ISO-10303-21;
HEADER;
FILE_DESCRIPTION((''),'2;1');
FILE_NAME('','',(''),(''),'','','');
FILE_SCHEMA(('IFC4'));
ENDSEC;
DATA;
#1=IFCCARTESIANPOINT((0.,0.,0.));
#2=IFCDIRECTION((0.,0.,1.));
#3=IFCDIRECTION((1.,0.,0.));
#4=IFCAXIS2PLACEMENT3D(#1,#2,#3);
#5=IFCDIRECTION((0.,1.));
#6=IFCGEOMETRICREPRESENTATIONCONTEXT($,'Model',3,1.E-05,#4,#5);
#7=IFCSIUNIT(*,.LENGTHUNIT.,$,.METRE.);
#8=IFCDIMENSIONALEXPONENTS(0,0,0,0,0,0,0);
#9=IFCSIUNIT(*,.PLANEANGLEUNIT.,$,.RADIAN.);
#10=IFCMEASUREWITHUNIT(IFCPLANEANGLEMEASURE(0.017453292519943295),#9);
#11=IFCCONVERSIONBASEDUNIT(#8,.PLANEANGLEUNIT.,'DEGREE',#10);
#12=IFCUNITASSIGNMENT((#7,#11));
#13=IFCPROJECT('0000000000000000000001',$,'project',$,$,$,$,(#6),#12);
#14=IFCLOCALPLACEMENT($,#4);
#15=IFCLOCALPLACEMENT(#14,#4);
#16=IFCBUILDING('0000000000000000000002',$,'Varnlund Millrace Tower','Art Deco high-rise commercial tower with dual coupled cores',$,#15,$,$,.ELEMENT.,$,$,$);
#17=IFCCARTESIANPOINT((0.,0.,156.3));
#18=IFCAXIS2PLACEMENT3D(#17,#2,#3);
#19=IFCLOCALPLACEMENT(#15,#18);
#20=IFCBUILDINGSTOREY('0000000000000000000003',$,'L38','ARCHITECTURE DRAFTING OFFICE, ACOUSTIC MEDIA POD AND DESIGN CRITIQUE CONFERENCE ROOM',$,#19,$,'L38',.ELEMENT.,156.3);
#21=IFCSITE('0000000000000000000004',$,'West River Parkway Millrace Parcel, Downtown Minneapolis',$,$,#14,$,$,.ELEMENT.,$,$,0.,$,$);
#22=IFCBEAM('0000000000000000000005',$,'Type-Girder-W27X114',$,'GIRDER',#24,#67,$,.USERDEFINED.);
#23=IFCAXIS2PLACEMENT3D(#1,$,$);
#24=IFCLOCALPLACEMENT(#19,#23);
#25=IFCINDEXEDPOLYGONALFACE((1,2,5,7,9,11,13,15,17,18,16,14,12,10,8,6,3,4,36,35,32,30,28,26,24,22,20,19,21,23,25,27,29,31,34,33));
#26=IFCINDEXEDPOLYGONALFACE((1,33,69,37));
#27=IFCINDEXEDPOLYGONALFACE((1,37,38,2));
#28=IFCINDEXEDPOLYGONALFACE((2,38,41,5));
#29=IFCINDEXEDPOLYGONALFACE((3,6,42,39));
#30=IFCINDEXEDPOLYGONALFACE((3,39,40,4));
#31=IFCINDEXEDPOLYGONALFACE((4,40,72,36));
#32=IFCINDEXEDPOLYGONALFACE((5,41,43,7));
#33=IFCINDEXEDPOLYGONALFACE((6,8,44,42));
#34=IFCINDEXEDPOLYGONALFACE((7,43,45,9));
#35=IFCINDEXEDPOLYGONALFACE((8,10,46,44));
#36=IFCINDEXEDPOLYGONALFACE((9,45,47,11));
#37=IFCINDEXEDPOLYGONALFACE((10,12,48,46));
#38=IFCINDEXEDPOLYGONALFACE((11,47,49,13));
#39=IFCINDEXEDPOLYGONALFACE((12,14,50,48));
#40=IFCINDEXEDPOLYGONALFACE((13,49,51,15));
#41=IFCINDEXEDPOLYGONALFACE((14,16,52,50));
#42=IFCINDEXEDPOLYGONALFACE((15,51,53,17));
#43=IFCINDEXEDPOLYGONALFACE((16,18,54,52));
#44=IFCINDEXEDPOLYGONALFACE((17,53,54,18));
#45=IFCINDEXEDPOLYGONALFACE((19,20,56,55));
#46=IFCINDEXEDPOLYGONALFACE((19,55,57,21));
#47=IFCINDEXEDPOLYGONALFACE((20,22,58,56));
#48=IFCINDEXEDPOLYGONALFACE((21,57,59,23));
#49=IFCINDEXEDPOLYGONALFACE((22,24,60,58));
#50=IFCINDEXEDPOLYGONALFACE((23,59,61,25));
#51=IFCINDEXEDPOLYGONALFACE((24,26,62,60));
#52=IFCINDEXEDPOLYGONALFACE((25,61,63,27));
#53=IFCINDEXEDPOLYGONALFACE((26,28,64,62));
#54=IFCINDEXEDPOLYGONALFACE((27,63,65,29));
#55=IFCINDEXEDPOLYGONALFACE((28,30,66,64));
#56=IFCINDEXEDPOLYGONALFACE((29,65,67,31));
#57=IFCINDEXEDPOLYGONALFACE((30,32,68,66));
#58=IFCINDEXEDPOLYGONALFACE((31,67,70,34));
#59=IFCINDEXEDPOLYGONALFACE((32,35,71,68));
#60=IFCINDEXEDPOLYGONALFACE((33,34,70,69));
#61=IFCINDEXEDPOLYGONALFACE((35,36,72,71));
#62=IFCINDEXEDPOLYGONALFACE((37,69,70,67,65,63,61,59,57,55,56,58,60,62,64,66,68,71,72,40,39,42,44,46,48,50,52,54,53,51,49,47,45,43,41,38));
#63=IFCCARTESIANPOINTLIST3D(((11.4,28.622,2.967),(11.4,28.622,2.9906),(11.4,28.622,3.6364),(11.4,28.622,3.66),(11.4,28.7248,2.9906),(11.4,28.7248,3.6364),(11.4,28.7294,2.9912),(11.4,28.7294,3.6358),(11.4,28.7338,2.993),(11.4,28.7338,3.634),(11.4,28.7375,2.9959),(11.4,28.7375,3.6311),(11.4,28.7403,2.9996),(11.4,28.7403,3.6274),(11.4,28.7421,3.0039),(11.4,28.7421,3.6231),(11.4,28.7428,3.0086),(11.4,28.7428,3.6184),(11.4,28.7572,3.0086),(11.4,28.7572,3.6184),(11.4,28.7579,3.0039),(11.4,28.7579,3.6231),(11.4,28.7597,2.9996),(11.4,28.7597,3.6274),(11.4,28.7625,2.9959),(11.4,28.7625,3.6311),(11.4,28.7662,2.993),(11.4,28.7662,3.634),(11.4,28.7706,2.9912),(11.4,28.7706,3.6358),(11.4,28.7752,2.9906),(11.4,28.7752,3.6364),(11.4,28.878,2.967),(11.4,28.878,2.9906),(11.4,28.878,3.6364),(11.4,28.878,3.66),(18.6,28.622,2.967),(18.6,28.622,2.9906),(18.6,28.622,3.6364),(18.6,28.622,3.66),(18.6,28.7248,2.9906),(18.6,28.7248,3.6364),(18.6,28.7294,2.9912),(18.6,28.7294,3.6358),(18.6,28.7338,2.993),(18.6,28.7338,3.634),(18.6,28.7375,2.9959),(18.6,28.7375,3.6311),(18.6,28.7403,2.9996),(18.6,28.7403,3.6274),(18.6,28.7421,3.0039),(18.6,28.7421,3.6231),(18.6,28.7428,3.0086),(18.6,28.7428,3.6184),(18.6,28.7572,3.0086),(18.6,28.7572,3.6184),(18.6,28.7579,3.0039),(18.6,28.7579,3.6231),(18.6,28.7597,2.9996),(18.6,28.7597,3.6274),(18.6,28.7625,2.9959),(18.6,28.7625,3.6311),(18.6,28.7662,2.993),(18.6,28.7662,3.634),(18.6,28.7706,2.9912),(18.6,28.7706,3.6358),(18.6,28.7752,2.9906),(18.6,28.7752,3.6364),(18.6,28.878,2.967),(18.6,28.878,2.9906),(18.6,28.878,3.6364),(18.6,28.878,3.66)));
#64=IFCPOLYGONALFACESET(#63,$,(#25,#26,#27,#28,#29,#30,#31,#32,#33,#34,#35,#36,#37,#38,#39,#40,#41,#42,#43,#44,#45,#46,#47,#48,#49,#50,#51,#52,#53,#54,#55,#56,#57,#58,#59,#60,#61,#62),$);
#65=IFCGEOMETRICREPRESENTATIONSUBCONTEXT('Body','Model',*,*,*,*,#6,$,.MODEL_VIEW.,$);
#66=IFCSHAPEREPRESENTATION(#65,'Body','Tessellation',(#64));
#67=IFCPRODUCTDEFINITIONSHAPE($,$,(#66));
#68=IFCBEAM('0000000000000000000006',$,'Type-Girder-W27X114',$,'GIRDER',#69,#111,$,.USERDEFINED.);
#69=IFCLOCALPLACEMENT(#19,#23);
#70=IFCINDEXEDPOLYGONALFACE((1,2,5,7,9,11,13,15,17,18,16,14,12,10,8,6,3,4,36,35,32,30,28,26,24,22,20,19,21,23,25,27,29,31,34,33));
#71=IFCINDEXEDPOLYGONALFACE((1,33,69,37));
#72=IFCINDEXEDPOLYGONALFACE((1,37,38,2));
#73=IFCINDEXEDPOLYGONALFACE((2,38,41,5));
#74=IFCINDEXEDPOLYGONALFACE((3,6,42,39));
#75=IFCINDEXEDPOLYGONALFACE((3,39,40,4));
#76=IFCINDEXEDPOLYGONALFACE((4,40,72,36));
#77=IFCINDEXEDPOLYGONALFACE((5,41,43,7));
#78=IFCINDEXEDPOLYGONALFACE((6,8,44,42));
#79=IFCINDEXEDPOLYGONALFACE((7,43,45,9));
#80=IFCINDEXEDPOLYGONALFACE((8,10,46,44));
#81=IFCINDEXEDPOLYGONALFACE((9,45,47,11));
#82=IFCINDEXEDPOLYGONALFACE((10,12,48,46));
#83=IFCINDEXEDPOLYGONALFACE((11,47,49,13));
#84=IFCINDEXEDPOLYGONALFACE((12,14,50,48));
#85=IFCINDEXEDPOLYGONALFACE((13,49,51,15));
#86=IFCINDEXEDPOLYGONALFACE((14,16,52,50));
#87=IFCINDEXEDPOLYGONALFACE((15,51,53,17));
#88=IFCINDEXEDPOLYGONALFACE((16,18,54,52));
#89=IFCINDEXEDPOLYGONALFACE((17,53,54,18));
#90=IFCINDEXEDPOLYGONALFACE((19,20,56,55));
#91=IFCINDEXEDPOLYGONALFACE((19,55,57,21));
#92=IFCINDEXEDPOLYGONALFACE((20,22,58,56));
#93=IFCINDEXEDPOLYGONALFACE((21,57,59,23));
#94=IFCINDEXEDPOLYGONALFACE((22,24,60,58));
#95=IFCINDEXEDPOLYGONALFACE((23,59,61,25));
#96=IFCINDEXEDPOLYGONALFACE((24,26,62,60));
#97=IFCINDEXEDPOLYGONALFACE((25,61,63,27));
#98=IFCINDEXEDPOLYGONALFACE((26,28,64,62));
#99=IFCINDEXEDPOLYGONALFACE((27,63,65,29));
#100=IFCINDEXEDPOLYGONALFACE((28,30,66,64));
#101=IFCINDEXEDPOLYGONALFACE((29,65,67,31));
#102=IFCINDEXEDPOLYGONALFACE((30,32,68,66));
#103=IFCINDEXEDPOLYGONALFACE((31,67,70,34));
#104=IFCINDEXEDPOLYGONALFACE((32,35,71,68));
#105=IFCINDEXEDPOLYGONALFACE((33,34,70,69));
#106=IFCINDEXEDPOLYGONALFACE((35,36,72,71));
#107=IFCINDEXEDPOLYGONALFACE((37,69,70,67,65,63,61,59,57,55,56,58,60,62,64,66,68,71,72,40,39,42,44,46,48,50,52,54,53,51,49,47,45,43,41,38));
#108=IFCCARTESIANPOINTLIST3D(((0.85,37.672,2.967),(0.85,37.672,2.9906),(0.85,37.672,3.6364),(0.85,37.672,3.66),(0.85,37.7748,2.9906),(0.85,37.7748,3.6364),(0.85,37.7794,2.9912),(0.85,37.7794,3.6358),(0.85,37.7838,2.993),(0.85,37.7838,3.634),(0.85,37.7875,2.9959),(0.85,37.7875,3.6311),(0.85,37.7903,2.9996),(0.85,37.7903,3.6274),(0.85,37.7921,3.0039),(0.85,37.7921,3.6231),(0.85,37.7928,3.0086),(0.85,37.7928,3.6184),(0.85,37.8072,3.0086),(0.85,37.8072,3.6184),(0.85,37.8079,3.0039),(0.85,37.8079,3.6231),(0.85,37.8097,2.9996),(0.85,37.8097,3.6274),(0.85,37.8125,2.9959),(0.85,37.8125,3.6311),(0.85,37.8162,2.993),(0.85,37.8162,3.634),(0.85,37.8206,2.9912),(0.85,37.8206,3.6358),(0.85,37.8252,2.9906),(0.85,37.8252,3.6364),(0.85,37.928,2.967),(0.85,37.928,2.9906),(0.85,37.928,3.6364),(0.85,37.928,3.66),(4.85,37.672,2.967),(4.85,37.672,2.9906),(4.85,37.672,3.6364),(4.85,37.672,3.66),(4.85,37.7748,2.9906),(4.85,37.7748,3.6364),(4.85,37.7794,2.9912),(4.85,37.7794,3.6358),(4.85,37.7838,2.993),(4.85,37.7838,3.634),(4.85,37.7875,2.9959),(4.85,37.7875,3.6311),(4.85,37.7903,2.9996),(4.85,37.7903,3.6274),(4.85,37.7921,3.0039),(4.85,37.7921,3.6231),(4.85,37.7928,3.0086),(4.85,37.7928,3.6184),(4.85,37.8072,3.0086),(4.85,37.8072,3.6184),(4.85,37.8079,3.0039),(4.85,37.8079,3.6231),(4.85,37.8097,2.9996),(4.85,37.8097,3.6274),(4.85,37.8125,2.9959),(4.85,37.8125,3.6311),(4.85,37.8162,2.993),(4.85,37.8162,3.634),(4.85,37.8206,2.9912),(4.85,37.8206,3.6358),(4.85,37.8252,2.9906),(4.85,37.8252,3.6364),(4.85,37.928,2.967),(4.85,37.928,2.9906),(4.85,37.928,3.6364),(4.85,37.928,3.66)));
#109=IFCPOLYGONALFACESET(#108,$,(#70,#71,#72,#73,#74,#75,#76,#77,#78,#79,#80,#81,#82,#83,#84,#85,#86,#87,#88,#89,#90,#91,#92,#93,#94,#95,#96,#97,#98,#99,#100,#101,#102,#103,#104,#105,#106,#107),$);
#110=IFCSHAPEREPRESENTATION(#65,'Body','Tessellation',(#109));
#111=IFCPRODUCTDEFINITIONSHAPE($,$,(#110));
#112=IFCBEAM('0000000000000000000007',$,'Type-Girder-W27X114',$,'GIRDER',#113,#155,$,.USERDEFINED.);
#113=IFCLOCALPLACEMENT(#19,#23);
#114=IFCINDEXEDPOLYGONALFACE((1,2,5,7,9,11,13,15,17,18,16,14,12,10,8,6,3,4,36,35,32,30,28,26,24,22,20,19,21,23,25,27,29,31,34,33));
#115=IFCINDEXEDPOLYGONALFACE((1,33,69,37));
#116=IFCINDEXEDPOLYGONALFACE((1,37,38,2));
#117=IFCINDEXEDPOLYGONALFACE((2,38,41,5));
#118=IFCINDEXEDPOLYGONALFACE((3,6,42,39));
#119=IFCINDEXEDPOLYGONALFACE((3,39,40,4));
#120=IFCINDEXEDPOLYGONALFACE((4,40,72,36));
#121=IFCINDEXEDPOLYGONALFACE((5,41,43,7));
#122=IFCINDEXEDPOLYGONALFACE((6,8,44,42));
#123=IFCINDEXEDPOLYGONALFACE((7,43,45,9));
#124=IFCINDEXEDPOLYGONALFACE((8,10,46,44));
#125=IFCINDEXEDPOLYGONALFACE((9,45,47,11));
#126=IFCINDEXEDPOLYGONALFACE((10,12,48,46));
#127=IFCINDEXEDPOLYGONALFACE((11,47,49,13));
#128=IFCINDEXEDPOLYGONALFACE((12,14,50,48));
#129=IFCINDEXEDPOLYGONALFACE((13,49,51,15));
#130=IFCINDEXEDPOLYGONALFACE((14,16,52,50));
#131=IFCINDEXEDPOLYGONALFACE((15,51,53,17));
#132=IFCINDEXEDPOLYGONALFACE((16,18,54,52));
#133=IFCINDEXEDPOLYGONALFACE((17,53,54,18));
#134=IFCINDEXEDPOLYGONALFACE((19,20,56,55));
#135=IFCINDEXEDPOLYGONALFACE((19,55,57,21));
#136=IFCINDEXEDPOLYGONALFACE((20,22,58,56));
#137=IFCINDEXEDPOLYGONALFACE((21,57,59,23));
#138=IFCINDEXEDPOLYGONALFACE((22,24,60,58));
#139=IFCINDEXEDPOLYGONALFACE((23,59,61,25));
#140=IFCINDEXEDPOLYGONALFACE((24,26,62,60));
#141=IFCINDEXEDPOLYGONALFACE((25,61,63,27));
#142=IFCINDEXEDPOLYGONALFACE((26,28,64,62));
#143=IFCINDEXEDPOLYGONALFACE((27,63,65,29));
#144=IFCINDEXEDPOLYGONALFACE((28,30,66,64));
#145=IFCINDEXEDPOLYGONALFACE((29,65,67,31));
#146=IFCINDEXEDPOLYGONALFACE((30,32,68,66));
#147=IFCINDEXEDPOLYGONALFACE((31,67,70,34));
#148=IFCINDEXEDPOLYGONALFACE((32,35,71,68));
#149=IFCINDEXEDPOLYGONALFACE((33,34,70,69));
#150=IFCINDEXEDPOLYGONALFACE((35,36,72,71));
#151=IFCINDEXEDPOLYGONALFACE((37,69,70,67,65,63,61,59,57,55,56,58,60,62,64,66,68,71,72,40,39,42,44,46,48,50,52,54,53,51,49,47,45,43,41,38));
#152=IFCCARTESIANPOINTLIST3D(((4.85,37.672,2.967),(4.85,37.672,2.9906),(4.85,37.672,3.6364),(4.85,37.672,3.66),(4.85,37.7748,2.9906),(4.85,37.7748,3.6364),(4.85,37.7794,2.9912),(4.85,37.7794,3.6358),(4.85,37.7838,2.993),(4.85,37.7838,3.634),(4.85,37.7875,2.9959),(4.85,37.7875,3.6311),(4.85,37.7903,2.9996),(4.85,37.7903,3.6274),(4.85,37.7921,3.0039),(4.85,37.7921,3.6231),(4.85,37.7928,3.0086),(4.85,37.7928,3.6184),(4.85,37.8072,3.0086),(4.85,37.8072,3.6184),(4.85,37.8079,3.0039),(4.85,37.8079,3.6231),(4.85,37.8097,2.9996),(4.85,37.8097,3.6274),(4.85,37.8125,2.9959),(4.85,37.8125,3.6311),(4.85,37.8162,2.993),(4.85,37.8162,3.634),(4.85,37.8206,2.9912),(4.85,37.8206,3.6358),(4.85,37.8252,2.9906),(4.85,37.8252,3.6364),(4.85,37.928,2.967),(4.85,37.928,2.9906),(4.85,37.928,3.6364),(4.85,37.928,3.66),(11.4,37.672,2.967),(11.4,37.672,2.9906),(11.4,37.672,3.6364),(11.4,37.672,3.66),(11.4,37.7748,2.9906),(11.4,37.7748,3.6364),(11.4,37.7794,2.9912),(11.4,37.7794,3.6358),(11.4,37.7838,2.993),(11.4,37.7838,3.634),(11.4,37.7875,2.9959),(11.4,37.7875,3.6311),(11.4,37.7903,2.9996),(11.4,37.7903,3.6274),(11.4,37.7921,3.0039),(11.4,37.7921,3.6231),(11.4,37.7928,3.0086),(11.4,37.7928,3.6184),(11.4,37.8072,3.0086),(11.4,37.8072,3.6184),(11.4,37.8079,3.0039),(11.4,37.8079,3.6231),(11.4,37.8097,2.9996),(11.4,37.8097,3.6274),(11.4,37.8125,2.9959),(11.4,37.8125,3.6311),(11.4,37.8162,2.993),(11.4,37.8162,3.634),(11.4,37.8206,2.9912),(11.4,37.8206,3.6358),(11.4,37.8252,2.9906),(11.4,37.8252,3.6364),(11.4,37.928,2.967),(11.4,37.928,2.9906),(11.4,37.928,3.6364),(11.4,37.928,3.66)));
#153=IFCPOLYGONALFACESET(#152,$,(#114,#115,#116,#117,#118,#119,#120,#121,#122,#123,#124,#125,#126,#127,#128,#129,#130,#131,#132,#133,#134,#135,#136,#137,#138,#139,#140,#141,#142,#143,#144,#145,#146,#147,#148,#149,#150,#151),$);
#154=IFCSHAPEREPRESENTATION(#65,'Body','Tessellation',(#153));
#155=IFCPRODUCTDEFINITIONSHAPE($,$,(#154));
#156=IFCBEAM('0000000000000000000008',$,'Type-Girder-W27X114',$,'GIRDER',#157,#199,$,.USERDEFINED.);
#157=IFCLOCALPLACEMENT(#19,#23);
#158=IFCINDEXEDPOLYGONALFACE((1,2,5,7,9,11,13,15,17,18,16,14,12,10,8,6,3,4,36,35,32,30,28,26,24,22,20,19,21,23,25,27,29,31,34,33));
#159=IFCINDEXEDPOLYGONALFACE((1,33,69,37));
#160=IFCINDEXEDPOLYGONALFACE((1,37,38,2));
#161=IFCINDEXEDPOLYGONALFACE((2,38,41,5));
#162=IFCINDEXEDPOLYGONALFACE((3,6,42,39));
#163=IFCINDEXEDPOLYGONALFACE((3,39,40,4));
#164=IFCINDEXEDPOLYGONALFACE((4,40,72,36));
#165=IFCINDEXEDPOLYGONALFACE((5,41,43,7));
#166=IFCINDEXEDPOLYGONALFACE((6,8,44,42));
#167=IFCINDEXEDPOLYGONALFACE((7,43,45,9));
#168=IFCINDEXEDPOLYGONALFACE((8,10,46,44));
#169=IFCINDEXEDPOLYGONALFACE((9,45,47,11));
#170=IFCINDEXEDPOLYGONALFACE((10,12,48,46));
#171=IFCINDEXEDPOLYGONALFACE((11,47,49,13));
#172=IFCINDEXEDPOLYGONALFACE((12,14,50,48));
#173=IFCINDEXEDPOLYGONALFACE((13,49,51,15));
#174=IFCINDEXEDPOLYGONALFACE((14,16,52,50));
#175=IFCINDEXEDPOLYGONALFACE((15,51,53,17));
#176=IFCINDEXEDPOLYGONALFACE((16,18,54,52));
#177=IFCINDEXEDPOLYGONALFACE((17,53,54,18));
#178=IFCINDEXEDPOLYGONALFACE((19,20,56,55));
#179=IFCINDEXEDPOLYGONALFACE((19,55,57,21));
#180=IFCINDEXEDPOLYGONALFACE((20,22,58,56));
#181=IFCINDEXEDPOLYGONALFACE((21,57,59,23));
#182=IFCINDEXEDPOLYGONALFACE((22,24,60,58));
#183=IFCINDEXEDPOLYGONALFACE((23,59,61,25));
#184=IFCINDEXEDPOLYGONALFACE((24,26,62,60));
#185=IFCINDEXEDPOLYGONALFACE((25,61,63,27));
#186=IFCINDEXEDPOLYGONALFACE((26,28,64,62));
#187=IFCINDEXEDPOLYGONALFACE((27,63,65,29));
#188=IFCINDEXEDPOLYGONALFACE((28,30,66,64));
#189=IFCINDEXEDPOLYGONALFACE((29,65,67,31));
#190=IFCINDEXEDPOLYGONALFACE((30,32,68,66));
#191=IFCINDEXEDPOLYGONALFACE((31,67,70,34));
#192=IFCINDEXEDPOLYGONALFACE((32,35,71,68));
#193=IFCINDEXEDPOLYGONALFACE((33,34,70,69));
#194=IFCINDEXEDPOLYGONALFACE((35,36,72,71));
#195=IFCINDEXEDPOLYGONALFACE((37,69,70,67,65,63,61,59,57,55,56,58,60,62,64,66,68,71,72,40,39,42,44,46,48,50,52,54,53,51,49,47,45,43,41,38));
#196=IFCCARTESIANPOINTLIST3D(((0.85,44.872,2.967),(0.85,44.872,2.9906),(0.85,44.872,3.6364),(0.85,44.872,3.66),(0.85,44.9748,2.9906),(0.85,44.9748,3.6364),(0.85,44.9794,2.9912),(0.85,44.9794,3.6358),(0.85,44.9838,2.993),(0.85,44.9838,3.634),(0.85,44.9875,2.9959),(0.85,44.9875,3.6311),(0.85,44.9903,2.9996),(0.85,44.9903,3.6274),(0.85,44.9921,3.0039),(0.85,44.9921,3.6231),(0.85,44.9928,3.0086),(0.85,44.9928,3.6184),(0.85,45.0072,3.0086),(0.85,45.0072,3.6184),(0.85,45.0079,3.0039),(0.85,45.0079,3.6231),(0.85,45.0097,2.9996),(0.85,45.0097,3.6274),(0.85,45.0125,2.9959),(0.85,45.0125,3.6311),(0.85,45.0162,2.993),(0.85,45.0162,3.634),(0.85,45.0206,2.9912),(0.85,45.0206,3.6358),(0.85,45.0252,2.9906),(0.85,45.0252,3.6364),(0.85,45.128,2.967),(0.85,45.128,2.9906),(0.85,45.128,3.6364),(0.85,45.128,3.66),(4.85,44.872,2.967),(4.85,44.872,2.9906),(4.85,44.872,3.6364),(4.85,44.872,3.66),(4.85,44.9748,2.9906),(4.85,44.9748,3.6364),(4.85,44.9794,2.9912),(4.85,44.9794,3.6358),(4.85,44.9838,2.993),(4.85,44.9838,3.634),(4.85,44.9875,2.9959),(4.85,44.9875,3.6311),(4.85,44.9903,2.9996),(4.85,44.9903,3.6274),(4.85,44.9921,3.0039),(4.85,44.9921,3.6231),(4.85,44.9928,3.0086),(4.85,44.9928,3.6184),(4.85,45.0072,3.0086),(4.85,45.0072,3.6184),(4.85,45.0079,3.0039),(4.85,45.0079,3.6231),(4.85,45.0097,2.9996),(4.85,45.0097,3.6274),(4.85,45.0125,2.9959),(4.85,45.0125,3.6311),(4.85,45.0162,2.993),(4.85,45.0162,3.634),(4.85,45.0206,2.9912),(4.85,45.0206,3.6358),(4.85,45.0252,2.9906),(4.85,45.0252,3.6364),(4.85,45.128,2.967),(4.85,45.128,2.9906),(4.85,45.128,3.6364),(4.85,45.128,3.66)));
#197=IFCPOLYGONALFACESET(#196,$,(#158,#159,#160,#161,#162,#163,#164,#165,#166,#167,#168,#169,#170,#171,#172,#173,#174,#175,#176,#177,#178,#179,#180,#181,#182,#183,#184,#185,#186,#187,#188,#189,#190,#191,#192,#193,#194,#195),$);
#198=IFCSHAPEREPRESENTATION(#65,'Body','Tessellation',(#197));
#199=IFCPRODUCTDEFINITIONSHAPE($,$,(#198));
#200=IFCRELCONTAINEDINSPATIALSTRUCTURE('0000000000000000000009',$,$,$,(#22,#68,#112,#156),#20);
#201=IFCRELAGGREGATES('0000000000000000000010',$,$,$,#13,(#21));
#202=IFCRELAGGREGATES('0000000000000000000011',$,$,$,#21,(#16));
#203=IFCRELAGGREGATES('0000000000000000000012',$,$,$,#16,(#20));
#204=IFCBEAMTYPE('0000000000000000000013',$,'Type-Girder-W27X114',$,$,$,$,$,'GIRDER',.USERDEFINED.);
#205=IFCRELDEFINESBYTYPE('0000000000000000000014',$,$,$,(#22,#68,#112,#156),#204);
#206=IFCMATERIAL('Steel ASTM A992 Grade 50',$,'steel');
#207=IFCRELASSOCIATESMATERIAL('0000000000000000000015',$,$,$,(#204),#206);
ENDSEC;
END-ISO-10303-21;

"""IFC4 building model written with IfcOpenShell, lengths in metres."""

from ifc_helpers import new_model, entity, si_unit, converted_unit, direction, frame, origin_with_axes, origin_2d_with_axis, place, context, subcontext, project, spatial, i_section, extrude, material, material_profile, profile_set, type_object, element, save


model = new_model("IFC4")

# Units and contexts
model_context = context("Model", 3, precision=1e-05, world=origin_with_axes(), true_north=direction((0.0, 1.0)))
body_context = subcontext(model_context, "Body", "Model", "MODEL_VIEW")
ifc_project = project(units=[si_unit("LENGTHUNIT", "METRE"), converted_unit("PLANEANGLEUNIT", "DEGREE", entity("IfcPlaneAngleMeasure", 0.017453292519943295), si_unit("PLANEANGLEUNIT", "RADIAN"), dimensions=[0, 0, 0, 0, 0, 0, 0])], contexts=[model_context])

# Site, building, storey
site_placement = place(None, origin_with_axes())
site = spatial("IfcSite", under=ifc_project, at=site_placement, Name="West River Parkway Millrace Parcel, Downtown Minneapolis", CompositionType="ELEMENT", RefElevation=0.0)
building_placement = place(site_placement, origin_with_axes())
building = spatial("IfcBuilding", under=site, at=building_placement, Name="Varnlund Millrace Tower", Description="Art Deco high-rise commercial tower with dual coupled cores", CompositionType="ELEMENT")
storey_placement = place(building_placement, frame((0.0, 0.0, 156.3), z_axis=(0.0, 0.0, 1.0), x_axis=(1.0, 0.0, 0.0)))
storey = spatial("IfcBuildingStorey", under=building, at=storey_placement, Name="L38", Description="ARCHITECTURE DRAFTING OFFICE, ACOUSTIC MEDIA POD AND DESIGN CRITIQUE CONFERENCE ROOM", LongName="L38", CompositionType="ELEMENT", Elevation=156.3)

# Beams
ifc_material_1 = material(Name="Steel ASTM A992 Grade 50", Category="steel")
ifc_material_profile_1 = material_profile(ifc_material_1, i_section(OverallWidth=0.256, OverallDepth=0.693, WebThickness=0.0145, FlangeThickness=0.0236, FilletRadius=0.018, at=origin_2d_with_axis()), Name="Steel ASTM A992 Grade 50")
ifc_profile_set_1 = profile_set([ifc_material_profile_1], Name="Steel ASTM A992 Grade 50")
beam_type_1 = type_object("IfcBeamType", Name="Type-Girder-W27X114", ElementType="GIRDER", PredefinedType="USERDEFINED", material=ifc_profile_set_1)
beam_1_placement = place(storey_placement, frame((11.4, 28.75, 3.3135), z_axis=(1.0, 0.0, 0.0), x_axis=(0.0, 1.0, 0.0)))
element("IfcBeam", 1, at=beam_1_placement, inside=storey, type_object=beam_type_1, Name="Type-Girder-W27X114", ObjectType="GIRDER", PredefinedType="USERDEFINED", context=body_context, shape_type="SweptSolid", body=[
    extrude(i_section(OverallWidth=0.256, OverallDepth=0.693, WebThickness=0.0145, FlangeThickness=0.0236, FilletRadius=0.018, at=origin_2d_with_axis()), origin_with_axes(), (0.0, 0.0, 1.0), 7.2),
])
beam_2_placement = place(storey_placement, frame((0.85, 37.8, 3.3135), z_axis=(1.0, 0.0, 0.0), x_axis=(0.0, 1.0, 0.0)))
element("IfcBeam", 2, at=beam_2_placement, inside=storey, type_object=beam_type_1, Name="Type-Girder-W27X114", ObjectType="GIRDER", PredefinedType="USERDEFINED", context=body_context, shape_type="SweptSolid", body=[
    extrude(i_section(OverallWidth=0.256, OverallDepth=0.693, WebThickness=0.0145, FlangeThickness=0.0236, FilletRadius=0.018, at=origin_2d_with_axis()), origin_with_axes(), (0.0, 0.0, 1.0), 4.0),
])
beam_3_placement = place(storey_placement, frame((4.85, 37.8, 3.3135), z_axis=(1.0, 0.0, 0.0), x_axis=(0.0, 1.0, 0.0)))
element("IfcBeam", 3, at=beam_3_placement, inside=storey, type_object=beam_type_1, Name="Type-Girder-W27X114", ObjectType="GIRDER", PredefinedType="USERDEFINED", context=body_context, shape_type="SweptSolid", body=[
    extrude(i_section(OverallWidth=0.256, OverallDepth=0.693, WebThickness=0.0145, FlangeThickness=0.0236, FilletRadius=0.018, at=origin_2d_with_axis()), origin_with_axes(), (0.0, 0.0, 1.0), 6.55),
])
beam_4_placement = place(storey_placement, frame((0.85, 45.0, 3.3135), z_axis=(1.0, 0.0, 0.0), x_axis=(0.0, 1.0, 0.0)))
element("IfcBeam", 4, at=beam_4_placement, inside=storey, type_object=beam_type_1, Name="Type-Girder-W27X114", ObjectType="GIRDER", PredefinedType="USERDEFINED", context=body_context, shape_type="SweptSolid", body=[
    extrude(i_section(OverallWidth=0.256, OverallDepth=0.693, WebThickness=0.0145, FlangeThickness=0.0236, FilletRadius=0.018, at=origin_2d_with_axis()), origin_with_axes(), (0.0, 0.0, 1.0), 4.0),
])

save(model, "model.ifc")
